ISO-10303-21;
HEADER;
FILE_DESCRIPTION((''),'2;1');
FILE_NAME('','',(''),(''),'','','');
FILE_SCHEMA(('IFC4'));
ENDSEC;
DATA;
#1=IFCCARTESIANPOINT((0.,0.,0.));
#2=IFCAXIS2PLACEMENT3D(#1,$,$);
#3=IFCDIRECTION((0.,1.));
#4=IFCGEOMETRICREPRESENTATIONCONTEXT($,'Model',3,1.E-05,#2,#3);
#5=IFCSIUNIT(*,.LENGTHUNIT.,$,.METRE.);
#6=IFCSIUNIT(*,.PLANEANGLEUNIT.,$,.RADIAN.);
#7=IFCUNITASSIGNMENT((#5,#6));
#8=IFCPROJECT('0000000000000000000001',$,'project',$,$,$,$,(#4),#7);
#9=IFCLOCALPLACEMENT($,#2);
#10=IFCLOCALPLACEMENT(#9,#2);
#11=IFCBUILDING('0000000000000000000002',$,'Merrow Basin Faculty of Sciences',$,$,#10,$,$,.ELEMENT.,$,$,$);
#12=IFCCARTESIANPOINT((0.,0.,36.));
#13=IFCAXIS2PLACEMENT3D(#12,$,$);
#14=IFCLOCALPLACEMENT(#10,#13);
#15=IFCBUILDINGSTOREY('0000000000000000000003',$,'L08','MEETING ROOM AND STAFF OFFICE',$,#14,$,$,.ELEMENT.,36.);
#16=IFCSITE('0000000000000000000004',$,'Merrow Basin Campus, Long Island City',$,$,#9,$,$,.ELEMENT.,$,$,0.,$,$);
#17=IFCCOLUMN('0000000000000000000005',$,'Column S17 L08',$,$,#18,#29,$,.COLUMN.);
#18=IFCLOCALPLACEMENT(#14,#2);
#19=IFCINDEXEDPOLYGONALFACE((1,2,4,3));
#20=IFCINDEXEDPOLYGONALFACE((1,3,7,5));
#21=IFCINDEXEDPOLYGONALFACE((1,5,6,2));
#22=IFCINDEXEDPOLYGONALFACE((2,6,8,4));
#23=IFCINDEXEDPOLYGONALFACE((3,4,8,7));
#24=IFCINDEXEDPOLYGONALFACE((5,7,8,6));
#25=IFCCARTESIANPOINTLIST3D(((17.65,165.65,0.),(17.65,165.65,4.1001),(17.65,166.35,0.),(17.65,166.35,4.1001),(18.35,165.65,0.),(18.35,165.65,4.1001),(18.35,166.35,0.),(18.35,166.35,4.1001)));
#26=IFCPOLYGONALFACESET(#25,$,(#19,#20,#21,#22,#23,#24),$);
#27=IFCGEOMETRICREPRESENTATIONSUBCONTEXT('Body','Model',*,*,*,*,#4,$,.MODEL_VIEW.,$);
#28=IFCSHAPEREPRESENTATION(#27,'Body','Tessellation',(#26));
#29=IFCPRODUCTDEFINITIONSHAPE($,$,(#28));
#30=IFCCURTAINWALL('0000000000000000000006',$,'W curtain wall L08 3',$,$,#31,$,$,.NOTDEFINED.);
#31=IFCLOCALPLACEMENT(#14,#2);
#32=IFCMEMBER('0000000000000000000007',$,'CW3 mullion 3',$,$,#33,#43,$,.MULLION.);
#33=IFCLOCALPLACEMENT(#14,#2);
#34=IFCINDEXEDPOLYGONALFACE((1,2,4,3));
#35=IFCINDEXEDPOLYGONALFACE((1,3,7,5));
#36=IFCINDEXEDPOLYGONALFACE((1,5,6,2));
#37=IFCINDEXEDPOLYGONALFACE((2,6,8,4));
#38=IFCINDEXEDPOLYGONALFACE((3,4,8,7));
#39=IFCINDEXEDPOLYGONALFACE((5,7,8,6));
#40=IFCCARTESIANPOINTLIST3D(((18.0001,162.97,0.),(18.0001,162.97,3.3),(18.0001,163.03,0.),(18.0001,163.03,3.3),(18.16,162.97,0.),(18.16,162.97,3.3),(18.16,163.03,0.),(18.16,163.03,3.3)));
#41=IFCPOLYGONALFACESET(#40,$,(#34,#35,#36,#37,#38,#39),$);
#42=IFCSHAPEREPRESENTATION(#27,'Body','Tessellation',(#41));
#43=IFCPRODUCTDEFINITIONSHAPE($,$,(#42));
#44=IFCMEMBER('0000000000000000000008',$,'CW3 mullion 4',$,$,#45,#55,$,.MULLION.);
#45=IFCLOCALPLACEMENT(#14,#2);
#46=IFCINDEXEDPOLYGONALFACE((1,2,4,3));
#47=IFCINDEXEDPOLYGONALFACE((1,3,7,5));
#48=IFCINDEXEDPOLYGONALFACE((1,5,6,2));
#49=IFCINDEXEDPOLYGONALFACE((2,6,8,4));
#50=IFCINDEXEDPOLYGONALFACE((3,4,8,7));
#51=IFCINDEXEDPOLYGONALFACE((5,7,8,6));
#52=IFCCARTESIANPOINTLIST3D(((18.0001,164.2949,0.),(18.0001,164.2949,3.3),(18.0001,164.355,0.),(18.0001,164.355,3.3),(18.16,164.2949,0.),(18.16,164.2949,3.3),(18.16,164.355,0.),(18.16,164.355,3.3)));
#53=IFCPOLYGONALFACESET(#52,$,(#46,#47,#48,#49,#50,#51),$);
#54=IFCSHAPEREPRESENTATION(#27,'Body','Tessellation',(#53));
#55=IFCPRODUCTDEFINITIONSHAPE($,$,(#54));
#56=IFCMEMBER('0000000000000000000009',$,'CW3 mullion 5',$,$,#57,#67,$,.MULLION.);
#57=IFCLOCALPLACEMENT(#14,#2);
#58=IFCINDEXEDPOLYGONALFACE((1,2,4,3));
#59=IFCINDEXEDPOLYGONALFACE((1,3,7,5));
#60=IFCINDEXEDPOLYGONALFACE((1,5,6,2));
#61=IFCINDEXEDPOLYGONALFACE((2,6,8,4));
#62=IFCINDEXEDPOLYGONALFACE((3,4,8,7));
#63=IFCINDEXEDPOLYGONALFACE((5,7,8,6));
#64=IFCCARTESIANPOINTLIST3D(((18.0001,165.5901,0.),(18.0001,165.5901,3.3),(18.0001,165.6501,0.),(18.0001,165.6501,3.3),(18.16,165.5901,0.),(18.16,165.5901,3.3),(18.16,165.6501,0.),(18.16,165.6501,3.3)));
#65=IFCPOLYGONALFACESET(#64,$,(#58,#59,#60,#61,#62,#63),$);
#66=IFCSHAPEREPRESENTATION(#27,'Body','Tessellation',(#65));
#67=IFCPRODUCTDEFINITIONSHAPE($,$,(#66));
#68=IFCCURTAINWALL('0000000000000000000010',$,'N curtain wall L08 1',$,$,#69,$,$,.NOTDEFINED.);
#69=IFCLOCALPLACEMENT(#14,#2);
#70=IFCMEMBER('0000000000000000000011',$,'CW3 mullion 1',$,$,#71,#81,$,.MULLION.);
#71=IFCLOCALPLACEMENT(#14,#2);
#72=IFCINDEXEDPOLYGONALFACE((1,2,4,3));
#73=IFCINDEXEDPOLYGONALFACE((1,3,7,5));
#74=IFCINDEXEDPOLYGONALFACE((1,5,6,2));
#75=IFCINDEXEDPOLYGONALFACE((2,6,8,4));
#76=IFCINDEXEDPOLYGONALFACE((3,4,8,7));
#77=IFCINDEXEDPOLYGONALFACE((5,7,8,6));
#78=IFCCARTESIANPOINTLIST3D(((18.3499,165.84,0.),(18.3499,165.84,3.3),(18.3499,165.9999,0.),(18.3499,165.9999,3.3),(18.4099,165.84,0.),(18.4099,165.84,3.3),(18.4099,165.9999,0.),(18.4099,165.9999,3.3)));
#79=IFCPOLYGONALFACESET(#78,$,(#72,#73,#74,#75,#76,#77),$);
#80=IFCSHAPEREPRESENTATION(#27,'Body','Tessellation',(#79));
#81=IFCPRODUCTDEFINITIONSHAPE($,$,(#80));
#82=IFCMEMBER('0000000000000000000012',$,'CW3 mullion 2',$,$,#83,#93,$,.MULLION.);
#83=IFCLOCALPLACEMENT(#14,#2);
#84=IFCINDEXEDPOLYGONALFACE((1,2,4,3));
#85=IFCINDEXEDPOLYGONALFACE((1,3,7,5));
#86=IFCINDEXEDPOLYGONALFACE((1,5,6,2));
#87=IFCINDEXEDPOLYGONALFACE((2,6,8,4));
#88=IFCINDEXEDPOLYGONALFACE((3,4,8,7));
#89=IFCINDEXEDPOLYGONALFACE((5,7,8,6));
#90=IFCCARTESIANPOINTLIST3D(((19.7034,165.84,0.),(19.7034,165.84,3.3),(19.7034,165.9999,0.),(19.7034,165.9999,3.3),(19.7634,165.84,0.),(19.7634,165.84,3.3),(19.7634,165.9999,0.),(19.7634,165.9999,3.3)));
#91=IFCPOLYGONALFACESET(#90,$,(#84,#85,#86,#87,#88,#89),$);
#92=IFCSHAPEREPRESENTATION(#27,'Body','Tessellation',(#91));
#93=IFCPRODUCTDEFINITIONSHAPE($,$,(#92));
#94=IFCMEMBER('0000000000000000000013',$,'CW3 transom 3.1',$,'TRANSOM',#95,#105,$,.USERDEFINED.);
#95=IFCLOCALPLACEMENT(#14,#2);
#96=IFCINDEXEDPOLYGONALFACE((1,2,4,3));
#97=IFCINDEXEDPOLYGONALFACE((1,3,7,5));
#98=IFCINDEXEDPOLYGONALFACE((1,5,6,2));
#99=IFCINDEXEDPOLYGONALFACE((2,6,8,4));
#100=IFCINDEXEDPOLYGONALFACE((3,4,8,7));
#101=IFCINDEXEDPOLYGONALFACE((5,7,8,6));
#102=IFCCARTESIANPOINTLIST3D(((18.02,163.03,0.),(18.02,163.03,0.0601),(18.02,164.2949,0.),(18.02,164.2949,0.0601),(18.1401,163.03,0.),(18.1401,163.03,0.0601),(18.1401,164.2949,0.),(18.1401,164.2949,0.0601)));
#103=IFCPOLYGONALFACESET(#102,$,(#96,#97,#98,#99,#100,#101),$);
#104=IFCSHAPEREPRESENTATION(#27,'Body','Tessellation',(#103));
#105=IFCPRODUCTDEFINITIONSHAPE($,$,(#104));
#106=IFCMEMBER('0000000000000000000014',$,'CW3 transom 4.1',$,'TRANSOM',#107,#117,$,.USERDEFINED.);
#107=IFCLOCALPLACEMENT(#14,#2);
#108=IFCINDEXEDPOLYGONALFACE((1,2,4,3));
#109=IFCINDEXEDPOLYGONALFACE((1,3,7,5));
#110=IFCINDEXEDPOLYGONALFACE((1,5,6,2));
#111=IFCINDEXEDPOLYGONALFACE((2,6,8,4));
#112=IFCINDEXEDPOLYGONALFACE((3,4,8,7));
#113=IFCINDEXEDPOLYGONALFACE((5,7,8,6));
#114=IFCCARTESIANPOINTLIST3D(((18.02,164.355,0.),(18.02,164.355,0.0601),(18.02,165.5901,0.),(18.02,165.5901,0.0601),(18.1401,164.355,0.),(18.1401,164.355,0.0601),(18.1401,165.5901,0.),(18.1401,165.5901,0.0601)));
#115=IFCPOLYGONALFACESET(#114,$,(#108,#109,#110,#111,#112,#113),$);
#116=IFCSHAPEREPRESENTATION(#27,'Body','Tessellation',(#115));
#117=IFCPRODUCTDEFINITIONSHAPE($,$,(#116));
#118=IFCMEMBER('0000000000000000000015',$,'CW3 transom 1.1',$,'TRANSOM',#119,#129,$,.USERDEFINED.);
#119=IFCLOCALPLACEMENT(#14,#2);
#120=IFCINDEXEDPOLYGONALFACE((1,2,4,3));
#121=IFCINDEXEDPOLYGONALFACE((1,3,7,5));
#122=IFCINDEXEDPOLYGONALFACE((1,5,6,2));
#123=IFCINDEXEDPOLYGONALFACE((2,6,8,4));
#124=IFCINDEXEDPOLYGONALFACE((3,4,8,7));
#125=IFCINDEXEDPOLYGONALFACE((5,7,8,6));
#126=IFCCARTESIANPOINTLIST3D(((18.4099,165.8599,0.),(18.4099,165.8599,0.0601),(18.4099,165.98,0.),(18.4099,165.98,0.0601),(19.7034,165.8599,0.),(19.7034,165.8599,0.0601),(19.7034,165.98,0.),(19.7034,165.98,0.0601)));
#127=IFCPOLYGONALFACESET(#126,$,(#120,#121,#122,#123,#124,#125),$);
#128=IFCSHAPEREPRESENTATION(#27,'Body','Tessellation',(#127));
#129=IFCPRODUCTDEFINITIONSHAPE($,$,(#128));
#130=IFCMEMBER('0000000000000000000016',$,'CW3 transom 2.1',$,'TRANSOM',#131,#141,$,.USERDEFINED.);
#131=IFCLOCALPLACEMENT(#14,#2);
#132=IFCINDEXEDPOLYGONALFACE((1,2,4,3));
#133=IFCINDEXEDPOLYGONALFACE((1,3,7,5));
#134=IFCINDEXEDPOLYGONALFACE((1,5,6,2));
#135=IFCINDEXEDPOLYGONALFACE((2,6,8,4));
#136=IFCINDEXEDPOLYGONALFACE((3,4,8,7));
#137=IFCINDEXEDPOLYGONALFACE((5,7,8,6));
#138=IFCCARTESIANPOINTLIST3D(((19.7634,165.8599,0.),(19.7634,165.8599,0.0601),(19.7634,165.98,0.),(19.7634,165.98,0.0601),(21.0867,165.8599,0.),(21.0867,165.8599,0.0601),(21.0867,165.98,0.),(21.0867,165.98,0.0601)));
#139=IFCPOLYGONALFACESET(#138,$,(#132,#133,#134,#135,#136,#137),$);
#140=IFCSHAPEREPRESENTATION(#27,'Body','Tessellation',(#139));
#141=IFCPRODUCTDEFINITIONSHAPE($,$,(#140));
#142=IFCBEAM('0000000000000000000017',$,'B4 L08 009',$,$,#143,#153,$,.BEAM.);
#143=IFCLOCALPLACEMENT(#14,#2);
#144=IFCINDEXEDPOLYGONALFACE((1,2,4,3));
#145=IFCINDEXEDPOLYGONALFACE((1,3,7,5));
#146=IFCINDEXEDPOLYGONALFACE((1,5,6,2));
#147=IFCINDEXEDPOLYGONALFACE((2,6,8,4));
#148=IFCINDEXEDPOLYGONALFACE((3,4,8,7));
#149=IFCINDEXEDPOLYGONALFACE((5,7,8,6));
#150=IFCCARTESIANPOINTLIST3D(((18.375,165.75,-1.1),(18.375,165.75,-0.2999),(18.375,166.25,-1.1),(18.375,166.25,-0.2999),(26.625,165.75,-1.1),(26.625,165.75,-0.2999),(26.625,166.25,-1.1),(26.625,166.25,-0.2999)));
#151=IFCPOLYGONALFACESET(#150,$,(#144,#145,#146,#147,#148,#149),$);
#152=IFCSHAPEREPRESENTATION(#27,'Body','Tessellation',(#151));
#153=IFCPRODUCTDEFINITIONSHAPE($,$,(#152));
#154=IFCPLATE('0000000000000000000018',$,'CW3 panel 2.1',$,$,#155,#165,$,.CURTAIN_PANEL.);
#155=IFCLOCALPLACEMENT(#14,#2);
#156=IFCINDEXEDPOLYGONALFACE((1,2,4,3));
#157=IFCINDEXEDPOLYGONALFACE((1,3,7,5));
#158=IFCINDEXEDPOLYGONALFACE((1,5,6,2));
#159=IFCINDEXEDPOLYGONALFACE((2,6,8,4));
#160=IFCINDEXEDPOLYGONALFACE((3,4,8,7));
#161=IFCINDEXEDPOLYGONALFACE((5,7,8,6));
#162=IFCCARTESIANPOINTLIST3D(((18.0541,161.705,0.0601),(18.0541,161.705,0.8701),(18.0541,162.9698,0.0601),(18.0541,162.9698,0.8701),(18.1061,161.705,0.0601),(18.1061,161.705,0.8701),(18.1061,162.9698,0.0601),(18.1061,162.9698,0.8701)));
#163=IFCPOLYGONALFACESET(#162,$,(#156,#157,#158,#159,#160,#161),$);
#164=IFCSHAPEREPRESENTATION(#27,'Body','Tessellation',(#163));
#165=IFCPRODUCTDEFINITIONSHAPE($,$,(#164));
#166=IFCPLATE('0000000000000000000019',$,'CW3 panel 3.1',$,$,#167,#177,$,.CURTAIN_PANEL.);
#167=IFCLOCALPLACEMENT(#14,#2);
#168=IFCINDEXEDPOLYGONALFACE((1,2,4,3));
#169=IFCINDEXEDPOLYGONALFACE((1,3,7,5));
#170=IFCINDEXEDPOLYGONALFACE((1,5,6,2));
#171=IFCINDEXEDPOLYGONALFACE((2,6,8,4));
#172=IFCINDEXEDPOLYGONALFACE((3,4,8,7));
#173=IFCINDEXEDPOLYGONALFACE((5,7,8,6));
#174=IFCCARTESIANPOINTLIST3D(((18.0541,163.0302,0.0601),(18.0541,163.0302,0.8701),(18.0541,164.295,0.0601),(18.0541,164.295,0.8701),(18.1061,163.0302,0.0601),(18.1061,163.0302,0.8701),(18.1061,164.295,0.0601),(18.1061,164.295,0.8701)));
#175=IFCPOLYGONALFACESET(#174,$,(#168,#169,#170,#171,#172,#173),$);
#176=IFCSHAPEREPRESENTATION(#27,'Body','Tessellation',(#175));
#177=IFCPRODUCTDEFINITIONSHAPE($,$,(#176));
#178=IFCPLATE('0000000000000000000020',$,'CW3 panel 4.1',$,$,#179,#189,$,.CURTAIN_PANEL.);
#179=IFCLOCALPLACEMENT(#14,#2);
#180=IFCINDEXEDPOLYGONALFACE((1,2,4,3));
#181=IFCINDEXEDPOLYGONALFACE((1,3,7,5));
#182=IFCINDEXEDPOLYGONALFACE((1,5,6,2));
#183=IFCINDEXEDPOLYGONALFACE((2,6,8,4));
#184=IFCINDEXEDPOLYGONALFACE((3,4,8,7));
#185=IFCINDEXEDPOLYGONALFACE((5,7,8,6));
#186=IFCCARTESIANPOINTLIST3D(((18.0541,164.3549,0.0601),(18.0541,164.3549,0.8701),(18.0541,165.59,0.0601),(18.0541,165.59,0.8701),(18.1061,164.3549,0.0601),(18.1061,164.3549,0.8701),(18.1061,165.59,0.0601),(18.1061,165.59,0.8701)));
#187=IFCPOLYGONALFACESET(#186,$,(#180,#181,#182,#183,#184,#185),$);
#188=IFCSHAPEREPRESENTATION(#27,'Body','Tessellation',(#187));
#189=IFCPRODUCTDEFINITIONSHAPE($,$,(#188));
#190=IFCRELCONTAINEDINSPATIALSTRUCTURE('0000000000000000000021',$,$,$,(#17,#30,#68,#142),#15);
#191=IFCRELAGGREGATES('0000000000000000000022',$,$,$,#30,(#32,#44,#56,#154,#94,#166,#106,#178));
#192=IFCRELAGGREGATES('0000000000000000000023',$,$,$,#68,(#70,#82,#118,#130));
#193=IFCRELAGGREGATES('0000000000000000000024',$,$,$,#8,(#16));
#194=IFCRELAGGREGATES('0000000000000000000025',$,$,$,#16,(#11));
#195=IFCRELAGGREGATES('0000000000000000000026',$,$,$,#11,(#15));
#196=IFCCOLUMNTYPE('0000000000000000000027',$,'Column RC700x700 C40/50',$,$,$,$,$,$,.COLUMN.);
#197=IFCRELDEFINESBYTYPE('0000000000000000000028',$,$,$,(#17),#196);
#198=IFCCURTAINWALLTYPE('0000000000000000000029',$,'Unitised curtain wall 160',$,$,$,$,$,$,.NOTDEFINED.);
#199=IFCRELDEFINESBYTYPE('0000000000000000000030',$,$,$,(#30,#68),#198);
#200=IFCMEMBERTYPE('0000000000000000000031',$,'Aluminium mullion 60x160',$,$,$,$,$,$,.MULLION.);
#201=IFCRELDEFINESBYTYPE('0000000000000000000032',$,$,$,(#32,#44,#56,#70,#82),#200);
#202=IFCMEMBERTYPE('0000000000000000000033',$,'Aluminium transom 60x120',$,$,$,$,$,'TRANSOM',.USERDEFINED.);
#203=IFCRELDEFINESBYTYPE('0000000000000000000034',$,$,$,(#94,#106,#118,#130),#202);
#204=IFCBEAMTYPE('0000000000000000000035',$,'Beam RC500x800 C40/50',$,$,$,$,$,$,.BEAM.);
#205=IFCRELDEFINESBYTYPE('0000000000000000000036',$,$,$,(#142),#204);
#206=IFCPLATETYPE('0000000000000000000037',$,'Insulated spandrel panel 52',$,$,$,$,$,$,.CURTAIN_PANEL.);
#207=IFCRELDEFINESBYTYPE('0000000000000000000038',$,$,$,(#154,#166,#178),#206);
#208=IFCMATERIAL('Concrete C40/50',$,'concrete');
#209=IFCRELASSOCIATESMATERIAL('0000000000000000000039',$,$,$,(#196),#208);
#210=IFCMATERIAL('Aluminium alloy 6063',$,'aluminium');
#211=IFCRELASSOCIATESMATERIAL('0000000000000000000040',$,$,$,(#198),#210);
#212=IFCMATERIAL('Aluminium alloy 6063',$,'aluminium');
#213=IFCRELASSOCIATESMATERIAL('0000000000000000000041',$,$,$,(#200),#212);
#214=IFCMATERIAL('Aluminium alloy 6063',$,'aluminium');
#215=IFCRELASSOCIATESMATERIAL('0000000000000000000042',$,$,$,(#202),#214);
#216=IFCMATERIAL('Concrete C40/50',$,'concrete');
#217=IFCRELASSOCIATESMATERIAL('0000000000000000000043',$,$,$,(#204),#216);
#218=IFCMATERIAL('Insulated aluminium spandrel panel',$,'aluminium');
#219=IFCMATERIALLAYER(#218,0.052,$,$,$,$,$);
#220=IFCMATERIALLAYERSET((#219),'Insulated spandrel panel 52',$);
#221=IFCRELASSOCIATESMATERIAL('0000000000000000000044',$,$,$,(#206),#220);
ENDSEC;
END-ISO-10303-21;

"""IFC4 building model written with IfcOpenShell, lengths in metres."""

from ifc_helpers import new_model, si_unit, direction, frame, origin, origin_2d, place, context, subcontext, project, spatial, rectangle, extrude, material, layer, layer_set, material_profile, profile_set, type_object, element, aggregate, save


model = new_model("IFC4")

# Units and contexts
model_context = context("Model", 3, precision=1e-05, world=origin(), true_north=direction((0.0, 1.0)))
body_context = subcontext(model_context, "Body", "Model", "MODEL_VIEW")
ifc_project = project(units=[si_unit("LENGTHUNIT", "METRE"), si_unit("PLANEANGLEUNIT", "RADIAN")], contexts=[model_context])

# Site, building, storey
site_placement = place(None, origin())
site = spatial("IfcSite", under=ifc_project, at=site_placement, Name="Merrow Basin Campus, Long Island City", CompositionType="ELEMENT", RefElevation=0.0)
building_placement = place(site_placement, origin())
building = spatial("IfcBuilding", under=site, at=building_placement, Name="Merrow Basin Faculty of Sciences", CompositionType="ELEMENT")
storey_placement = place(building_placement, frame((0.0, 0.0, 36.0)))
storey = spatial("IfcBuildingStorey", under=building, at=storey_placement, Name="L08", Description="MEETING ROOM AND STAFF OFFICE", CompositionType="ELEMENT", Elevation=36.0)

# Column
ifc_material_1 = material(Name="Concrete C40/50", Category="concrete")
ifc_material_profile_1 = material_profile(ifc_material_1, rectangle(XDim=0.7, YDim=0.7, at=origin_2d()))
ifc_profile_set_1 = profile_set([ifc_material_profile_1], Name="Concrete C40/50")
column_type = type_object("IfcColumnType", Name="Column RC700x700 C40/50", PredefinedType="COLUMN", material=ifc_profile_set_1)
column_placement = place(storey_placement, frame((18.0, 166.0, 0.0), z_axis=(0.0, 0.0, 1.0), x_axis=(1.0, 0.0, 0.0)))
element("IfcColumn", 1, at=column_placement, inside=storey, type_object=column_type, Name="Column S17 L08", PredefinedType="COLUMN", context=body_context, shape_type="SweptSolid", body=[
    extrude(rectangle(XDim=0.7, YDim=0.7, at=origin_2d()), origin(), (0.0, 0.0, 1.0), 4.1001),
])

# Curtain walls, members
ifc_material_2 = material(Name="Aluminium alloy 6063", Category="aluminium")
curtain_wall_type = type_object("IfcCurtainWallType", Name="Unitised curtain wall 160", PredefinedType="NOTDEFINED", material=ifc_material_2)
curtain_wall_1_placement = place(storey_placement, origin())
curtain_wall_1 = element("IfcCurtainWall", 2, at=curtain_wall_1_placement, inside=storey, type_object=curtain_wall_type, Name="W curtain wall L08 3", PredefinedType="NOTDEFINED")
ifc_material_3 = material(Name="Aluminium alloy 6063", Category="aluminium")
ifc_material_profile_2 = material_profile(ifc_material_3, rectangle(XDim=0.1599, YDim=0.0601, at=origin_2d()))
ifc_profile_set_2 = profile_set([ifc_material_profile_2], Name="Aluminium alloy 6063")
member_type_1 = type_object("IfcMemberType", Name="Aluminium mullion 60x160", PredefinedType="MULLION", material=ifc_profile_set_2)
member_1_placement = place(storey_placement, frame((18.0801, 163.0, 0.0), z_axis=(0.0, 0.0, 1.0), x_axis=(-1.0, 0.0, 0.0)))
member_1 = element("IfcMember", 3, at=member_1_placement, type_object=member_type_1, Name="CW3 mullion 3", PredefinedType="MULLION", context=body_context, shape_type="SweptSolid", body=[
    extrude(rectangle(XDim=0.1599, YDim=0.0601, at=origin_2d()), origin(), (0.0, 0.0, 1.0), 3.3),
])
member_2_placement = place(storey_placement, frame((18.0801, 164.325, 0.0), z_axis=(0.0, 0.0, 1.0), x_axis=(-1.0, 0.0, 0.0)))
member_2 = element("IfcMember", 4, at=member_2_placement, type_object=member_type_1, Name="CW3 mullion 4", PredefinedType="MULLION", context=body_context, shape_type="SweptSolid", body=[
    extrude(rectangle(XDim=0.1599, YDim=0.0601, at=origin_2d()), origin(), (0.0, 0.0, 1.0), 3.3),
])
member_3_placement = place(storey_placement, frame((18.0801, 165.6201, 0.0), z_axis=(0.0, 0.0, 1.0), x_axis=(-1.0, 0.0, 0.0)))
member_3 = element("IfcMember", 5, at=member_3_placement, type_object=member_type_1, Name="CW3 mullion 5", PredefinedType="MULLION", context=body_context, shape_type="SweptSolid", body=[
    extrude(rectangle(XDim=0.1599, YDim=0.0601, at=origin_2d()), origin(), (0.0, 0.0, 1.0), 3.3),
])
curtain_wall_2_placement = place(storey_placement, origin())
curtain_wall_2 = element("IfcCurtainWall", 6, at=curtain_wall_2_placement, inside=storey, type_object=curtain_wall_type, Name="N curtain wall L08 1", PredefinedType="NOTDEFINED")
member_4_placement = place(storey_placement, frame((18.3799, 165.9199, 0.0), z_axis=(0.0, 0.0, 1.0), x_axis=(0.0, 1.0, 0.0)))
member_4 = element("IfcMember", 7, at=member_4_placement, type_object=member_type_1, Name="CW3 mullion 1", PredefinedType="MULLION", context=body_context, shape_type="SweptSolid", body=[
    extrude(rectangle(XDim=0.1599, YDim=0.0601, at=origin_2d()), origin(), (0.0, 0.0, 1.0), 3.3),
])
member_5_placement = place(storey_placement, frame((19.7334, 165.9199, 0.0), z_axis=(0.0, 0.0, 1.0), x_axis=(0.0, 1.0, 0.0)))
member_5 = element("IfcMember", 8, at=member_5_placement, type_object=member_type_1, Name="CW3 mullion 2", PredefinedType="MULLION", context=body_context, shape_type="SweptSolid", body=[
    extrude(rectangle(XDim=0.1599, YDim=0.0601, at=origin_2d()), origin(), (0.0, 0.0, 1.0), 3.3),
])

# Members
ifc_material_4 = material(Name="Aluminium alloy 6063", Category="aluminium")
ifc_material_profile_3 = material_profile(ifc_material_4, rectangle(XDim=0.1201, YDim=0.0601, at=origin_2d()))
ifc_profile_set_3 = profile_set([ifc_material_profile_3], Name="Aluminium alloy 6063")
member_type_2 = type_object("IfcMemberType", Name="Aluminium transom 60x120", ElementType="TRANSOM", PredefinedType="USERDEFINED", material=ifc_profile_set_3)
member_6_placement = place(storey_placement, frame((18.0801, 163.03, 0.03), z_axis=(0.0, 1.0, 0.0), x_axis=(-1.0, 0.0, 0.0)))
member_6 = element("IfcMember", 9, at=member_6_placement, type_object=member_type_2, Name="CW3 transom 3.1", ObjectType="TRANSOM", PredefinedType="USERDEFINED", context=body_context, shape_type="SweptSolid", body=[
    extrude(rectangle(XDim=0.1201, YDim=0.0601, at=origin_2d()), origin(), (0.0, 0.0, 1.0), 1.2649),
])
member_7_placement = place(storey_placement, frame((18.0801, 164.355, 0.03), z_axis=(0.0, 1.0, 0.0), x_axis=(-1.0, 0.0, 0.0)))
member_7 = element("IfcMember", 10, at=member_7_placement, type_object=member_type_2, Name="CW3 transom 4.1", ObjectType="TRANSOM", PredefinedType="USERDEFINED", context=body_context, shape_type="SweptSolid", body=[
    extrude(rectangle(XDim=0.1201, YDim=0.0601, at=origin_2d()), origin(), (0.0, 0.0, 1.0), 1.2351),
])
member_8_placement = place(storey_placement, frame((18.4099, 165.9199, 0.03), z_axis=(1.0, 0.0, 0.0), x_axis=(0.0, 1.0, 0.0)))
member_8 = element("IfcMember", 11, at=member_8_placement, type_object=member_type_2, Name="CW3 transom 1.1", ObjectType="TRANSOM", PredefinedType="USERDEFINED", context=body_context, shape_type="SweptSolid", body=[
    extrude(rectangle(XDim=0.1201, YDim=0.0601, at=origin_2d()), origin(), (0.0, 0.0, 1.0), 1.2935),
])
member_9_placement = place(storey_placement, frame((19.7634, 165.9199, 0.03), z_axis=(1.0, 0.0, 0.0), x_axis=(0.0, 1.0, 0.0)))
member_9 = element("IfcMember", 12, at=member_9_placement, type_object=member_type_2, Name="CW3 transom 2.1", ObjectType="TRANSOM", PredefinedType="USERDEFINED", context=body_context, shape_type="SweptSolid", body=[
    extrude(rectangle(XDim=0.1201, YDim=0.0601, at=origin_2d()), origin(), (0.0, 0.0, 1.0), 1.3232),
])

# Beam
ifc_material_5 = material(Name="Concrete C40/50", Category="concrete")
ifc_material_profile_4 = material_profile(ifc_material_5, rectangle(XDim=0.5, YDim=0.8, at=origin_2d()))
ifc_profile_set_4 = profile_set([ifc_material_profile_4], Name="Concrete C40/50")
beam_type = type_object("IfcBeamType", Name="Beam RC500x800 C40/50", PredefinedType="BEAM", material=ifc_profile_set_4)
beam_placement = place(storey_placement, frame((18.375, 166.0, -0.7), z_axis=(1.0, 0.0, 0.0), x_axis=(0.0, 1.0, 0.0)))
element("IfcBeam", 13, at=beam_placement, inside=storey, type_object=beam_type, Name="B4 L08 009", PredefinedType="BEAM", context=body_context, shape_type="SweptSolid", body=[
    extrude(rectangle(XDim=0.5, YDim=0.8, at=origin_2d()), origin(), (0.0, 0.0, 1.0), 8.25),
])

# Plates
ifc_material_6 = material(Name="Insulated aluminium spandrel panel", Category="aluminium")
ifc_layer = layer(ifc_material_6, 0.052)
ifc_layer_set = layer_set([ifc_layer], Name="Insulated spandrel panel 52")
plate_type = type_object("IfcPlateType", Name="Insulated spandrel panel 52", PredefinedType="CURTAIN_PANEL", material=ifc_layer_set)
plate_1_placement = place(storey_placement, frame((18.0801, 162.3374, 0.0601), z_axis=(0.0, 0.0, 1.0), x_axis=(0.0, 1.0, 0.0)))
plate_1 = element("IfcPlate", 14, at=plate_1_placement, type_object=plate_type, Name="CW3 panel 2.1", PredefinedType="CURTAIN_PANEL", context=body_context, shape_type="SweptSolid", body=[
    extrude(rectangle(XDim=1.2649, YDim=0.052, at=origin_2d()), origin(), (0.0, 0.0, 1.0), 0.8101),
])
plate_2_placement = place(storey_placement, frame((18.0801, 163.6626, 0.0601), z_axis=(0.0, 0.0, 1.0), x_axis=(0.0, 1.0, 0.0)))
plate_2 = element("IfcPlate", 15, at=plate_2_placement, type_object=plate_type, Name="CW3 panel 3.1", PredefinedType="CURTAIN_PANEL", context=body_context, shape_type="SweptSolid", body=[
    extrude(rectangle(XDim=1.2649, YDim=0.052, at=origin_2d()), origin(), (0.0, 0.0, 1.0), 0.8101),
])
plate_3_placement = place(storey_placement, frame((18.0801, 164.9724, 0.0601), z_axis=(0.0, 0.0, 1.0), x_axis=(0.0, 1.0, 0.0)))
plate_3 = element("IfcPlate", 16, at=plate_3_placement, type_object=plate_type, Name="CW3 panel 4.1", PredefinedType="CURTAIN_PANEL", context=body_context, shape_type="SweptSolid", body=[
    extrude(rectangle(XDim=1.2351, YDim=0.052, at=origin_2d()), origin(), (0.0, 0.0, 1.0), 0.8101),
])
aggregate(curtain_wall_1, [member_1, member_2, member_3, plate_1, member_6, plate_2, member_7, plate_3])
aggregate(curtain_wall_2, [member_4, member_5, member_8, member_9])

save(model, "model.ifc")
